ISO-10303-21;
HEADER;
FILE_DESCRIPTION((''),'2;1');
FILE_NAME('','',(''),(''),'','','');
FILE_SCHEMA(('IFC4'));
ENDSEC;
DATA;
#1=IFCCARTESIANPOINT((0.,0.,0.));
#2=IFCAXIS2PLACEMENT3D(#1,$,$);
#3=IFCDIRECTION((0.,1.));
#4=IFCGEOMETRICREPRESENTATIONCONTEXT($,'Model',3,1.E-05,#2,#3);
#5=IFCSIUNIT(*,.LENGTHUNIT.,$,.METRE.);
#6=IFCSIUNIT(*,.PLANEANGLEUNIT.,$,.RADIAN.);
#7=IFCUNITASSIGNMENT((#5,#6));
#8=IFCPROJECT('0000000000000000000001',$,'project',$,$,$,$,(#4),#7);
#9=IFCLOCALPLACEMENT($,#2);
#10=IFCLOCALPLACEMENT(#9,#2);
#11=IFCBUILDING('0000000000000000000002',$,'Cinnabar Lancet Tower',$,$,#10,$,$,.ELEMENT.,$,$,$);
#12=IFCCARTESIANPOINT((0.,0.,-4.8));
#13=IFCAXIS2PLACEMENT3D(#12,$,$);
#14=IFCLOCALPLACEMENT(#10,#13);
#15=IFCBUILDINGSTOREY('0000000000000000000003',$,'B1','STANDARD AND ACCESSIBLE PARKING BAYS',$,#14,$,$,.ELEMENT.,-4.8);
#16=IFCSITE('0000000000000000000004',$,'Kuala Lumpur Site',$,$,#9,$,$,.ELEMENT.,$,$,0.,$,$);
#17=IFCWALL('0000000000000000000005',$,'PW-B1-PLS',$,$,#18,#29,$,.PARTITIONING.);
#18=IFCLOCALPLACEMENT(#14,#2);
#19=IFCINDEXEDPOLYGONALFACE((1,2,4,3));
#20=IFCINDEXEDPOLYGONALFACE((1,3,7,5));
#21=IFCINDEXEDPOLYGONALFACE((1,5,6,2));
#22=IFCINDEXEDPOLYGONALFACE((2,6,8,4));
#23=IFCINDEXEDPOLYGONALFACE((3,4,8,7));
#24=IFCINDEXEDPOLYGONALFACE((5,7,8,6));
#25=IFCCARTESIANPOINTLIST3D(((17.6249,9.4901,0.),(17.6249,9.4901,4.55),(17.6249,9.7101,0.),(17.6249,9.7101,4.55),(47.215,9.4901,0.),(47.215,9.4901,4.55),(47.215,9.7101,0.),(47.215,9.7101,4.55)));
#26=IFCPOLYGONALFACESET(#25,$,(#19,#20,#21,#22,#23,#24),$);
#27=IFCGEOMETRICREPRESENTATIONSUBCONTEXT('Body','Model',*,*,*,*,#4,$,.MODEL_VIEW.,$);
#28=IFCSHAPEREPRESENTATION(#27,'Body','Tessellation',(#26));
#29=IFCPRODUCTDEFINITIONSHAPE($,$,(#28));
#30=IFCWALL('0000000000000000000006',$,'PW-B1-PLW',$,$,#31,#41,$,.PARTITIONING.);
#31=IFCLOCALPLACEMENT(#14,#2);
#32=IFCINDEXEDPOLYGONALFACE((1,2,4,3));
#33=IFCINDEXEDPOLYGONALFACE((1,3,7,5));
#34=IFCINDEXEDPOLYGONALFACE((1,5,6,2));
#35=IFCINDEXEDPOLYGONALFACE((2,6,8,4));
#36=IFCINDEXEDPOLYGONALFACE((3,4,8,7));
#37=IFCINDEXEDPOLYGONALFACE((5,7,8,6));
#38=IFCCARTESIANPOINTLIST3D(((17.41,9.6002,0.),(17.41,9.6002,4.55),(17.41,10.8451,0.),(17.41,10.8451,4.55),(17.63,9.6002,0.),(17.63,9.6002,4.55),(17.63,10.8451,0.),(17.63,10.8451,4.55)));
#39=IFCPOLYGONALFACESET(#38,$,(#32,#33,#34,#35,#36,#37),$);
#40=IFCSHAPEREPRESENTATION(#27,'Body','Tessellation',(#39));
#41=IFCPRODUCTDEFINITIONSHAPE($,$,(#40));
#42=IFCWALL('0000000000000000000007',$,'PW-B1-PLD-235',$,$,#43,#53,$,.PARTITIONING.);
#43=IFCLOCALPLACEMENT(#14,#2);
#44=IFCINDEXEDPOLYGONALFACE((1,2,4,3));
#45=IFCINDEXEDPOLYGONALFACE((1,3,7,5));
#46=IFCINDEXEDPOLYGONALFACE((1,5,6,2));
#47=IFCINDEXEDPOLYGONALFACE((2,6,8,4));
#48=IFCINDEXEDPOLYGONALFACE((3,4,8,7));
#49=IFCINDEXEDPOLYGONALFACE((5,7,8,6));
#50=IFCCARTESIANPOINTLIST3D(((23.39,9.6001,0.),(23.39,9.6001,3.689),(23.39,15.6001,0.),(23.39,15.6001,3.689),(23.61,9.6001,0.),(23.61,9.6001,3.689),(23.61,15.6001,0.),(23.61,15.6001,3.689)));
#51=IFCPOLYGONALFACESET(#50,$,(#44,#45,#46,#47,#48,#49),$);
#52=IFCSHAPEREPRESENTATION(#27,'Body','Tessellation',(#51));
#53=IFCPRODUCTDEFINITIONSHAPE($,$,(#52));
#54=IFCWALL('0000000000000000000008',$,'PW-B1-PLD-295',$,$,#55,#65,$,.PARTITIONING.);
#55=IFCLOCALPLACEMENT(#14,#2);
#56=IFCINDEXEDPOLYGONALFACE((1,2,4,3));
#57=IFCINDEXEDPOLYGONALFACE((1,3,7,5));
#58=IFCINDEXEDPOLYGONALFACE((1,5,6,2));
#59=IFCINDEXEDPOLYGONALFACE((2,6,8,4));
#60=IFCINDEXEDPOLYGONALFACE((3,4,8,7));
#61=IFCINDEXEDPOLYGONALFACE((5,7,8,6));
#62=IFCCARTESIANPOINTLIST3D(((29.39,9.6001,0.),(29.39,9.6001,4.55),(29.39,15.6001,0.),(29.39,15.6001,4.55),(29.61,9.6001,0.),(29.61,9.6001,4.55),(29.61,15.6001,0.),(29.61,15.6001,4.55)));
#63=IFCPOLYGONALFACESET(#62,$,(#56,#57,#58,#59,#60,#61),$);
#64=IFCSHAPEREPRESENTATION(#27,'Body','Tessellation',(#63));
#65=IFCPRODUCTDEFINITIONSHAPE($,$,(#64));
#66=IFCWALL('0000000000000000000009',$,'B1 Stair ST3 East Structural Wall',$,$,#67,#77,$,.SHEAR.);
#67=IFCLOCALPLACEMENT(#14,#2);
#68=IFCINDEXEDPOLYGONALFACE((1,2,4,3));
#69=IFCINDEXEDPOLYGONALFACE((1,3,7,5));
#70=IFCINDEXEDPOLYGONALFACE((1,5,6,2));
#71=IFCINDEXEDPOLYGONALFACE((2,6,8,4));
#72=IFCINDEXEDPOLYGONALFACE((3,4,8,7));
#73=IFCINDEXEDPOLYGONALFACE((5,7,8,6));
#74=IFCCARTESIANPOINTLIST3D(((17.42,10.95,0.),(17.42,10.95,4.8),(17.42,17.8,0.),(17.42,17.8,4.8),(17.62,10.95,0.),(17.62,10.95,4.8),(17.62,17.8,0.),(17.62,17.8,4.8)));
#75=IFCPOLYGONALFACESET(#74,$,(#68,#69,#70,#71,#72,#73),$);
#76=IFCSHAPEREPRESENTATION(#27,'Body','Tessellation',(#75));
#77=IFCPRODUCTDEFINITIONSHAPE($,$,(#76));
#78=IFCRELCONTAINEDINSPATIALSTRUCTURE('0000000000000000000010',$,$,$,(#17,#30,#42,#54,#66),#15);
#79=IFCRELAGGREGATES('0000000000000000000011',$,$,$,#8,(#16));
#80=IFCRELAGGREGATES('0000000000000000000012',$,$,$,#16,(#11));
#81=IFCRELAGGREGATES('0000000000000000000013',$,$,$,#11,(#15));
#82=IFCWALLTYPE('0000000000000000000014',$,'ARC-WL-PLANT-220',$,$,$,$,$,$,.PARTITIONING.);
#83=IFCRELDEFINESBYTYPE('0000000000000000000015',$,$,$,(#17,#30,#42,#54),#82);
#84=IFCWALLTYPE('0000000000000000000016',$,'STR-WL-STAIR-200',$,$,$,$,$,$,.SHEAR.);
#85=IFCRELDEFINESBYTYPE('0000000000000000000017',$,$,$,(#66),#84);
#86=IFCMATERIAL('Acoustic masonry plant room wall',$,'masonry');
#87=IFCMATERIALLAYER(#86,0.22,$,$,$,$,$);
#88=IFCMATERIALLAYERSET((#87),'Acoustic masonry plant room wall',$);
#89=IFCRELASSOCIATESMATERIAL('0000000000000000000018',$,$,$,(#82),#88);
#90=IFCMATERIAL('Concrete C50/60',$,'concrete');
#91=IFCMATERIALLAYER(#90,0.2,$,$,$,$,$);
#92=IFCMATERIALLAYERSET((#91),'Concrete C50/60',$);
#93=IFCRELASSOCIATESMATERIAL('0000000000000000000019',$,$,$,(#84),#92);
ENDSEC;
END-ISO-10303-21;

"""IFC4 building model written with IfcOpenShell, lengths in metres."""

from ifc_helpers import new_model, si_unit, direction, frame, frame_2d, origin, place, context, subcontext, project, spatial, rectangle, extrude, material, layer, layer_set, type_object, element, save


model = new_model("IFC4")

# Units and contexts
model_context = context("Model", 3, precision=1e-05, world=origin(), true_north=direction((0.0, 1.0)))
body_context = subcontext(model_context, "Body", "Model", "MODEL_VIEW")
ifc_project = project(units=[si_unit("LENGTHUNIT", "METRE"), si_unit("PLANEANGLEUNIT", "RADIAN")], contexts=[model_context])

# Site, building, storey
site_placement = place(None, origin())
site = spatial("IfcSite", under=ifc_project, at=site_placement, Name="Kuala Lumpur Site", CompositionType="ELEMENT", RefElevation=0.0)
building_placement = place(site_placement, origin())
building = spatial("IfcBuilding", under=site, at=building_placement, Name="Cinnabar Lancet Tower", CompositionType="ELEMENT")
storey_placement = place(building_placement, frame((0.0, 0.0, -4.8)))
storey = spatial("IfcBuildingStorey", under=building, at=storey_placement, Name="B1", Description="STANDARD AND ACCESSIBLE PARKING BAYS", CompositionType="ELEMENT", Elevation=-4.8)

# Walls
ifc_material_1 = material(Name="Acoustic masonry plant room wall", Category="masonry")
ifc_layer_1 = layer(ifc_material_1, 0.22)
ifc_layer_set_1 = layer_set([ifc_layer_1], Name="Acoustic masonry plant room wall")
wall_type_1 = type_object("IfcWallType", Name="ARC-WL-PLANT-220", PredefinedType="PARTITIONING", material=ifc_layer_set_1)
wall_1_placement = place(storey_placement, frame((17.625, 9.6001, 0.0), z_axis=(0.0, 0.0, 1.0), x_axis=(1.0, 0.0, 0.0)))
element("IfcWall", 1, at=wall_1_placement, inside=storey, type_object=wall_type_1, Name="PW-B1-PLS", PredefinedType="PARTITIONING", context=body_context, shape_type="SweptSolid", body=[
    extrude(rectangle(XDim=29.5901, YDim=0.22, at=frame_2d((14.7949, 0.0))), origin(), (0.0, 0.0, 1.0), 4.55),
])
wall_2_placement = place(storey_placement, frame((17.52, 9.6001, 0.0), z_axis=(0.0, 0.0, 1.0), x_axis=(0.0, 1.0, 0.0)))
element("IfcWall", 2, at=wall_2_placement, inside=storey, type_object=wall_type_1, Name="PW-B1-PLW", PredefinedType="PARTITIONING", context=body_context, shape_type="SweptSolid", body=[
    extrude(rectangle(XDim=1.2449, YDim=0.22, at=frame_2d((0.6226, 0.0))), origin(), (0.0, 0.0, 1.0), 4.55),
])
wall_3_placement = place(storey_placement, frame((23.5, 9.6001, 0.0), z_axis=(0.0, 0.0, 1.0), x_axis=(0.0, 1.0, 0.0)))
element("IfcWall", 3, at=wall_3_placement, inside=storey, type_object=wall_type_1, Name="PW-B1-PLD-235", PredefinedType="PARTITIONING", context=body_context, shape_type="SweptSolid", body=[
    extrude(rectangle(XDim=6.0, YDim=0.22, at=frame_2d((3.0, 0.0))), origin(), (0.0, 0.0, 1.0), 3.689),
])
wall_4_placement = place(storey_placement, frame((29.5, 9.6001, 0.0), z_axis=(0.0, 0.0, 1.0), x_axis=(0.0, 1.0, 0.0)))
element("IfcWall", 4, at=wall_4_placement, inside=storey, type_object=wall_type_1, Name="PW-B1-PLD-295", PredefinedType="PARTITIONING", context=body_context, shape_type="SweptSolid", body=[
    extrude(rectangle(XDim=6.0, YDim=0.22, at=frame_2d((3.0, 0.0))), origin(), (0.0, 0.0, 1.0), 4.55),
])
ifc_material_2 = material(Name="Concrete C50/60", Category="concrete")
ifc_layer_2 = layer(ifc_material_2, 0.2)
ifc_layer_set_2 = layer_set([ifc_layer_2], Name="Concrete C50/60")
wall_type_2 = type_object("IfcWallType", Name="STR-WL-STAIR-200", PredefinedType="SHEAR", material=ifc_layer_set_2)
wall_5_placement = place(storey_placement, frame((17.52, 10.95, 0.0), z_axis=(0.0, 0.0, 1.0), x_axis=(0.0, 1.0, 0.0)))
element("IfcWall", 5, at=wall_5_placement, inside=storey, type_object=wall_type_2, Name="B1 Stair ST3 East Structural Wall", PredefinedType="SHEAR", context=body_context, shape_type="SweptSolid", body=[
    extrude(rectangle(XDim=6.8501, YDim=0.2, at=frame_2d((3.425, 0.0))), origin(), (0.0, 0.0, 1.0), 4.8),
])

save(model, "model.ifc")
